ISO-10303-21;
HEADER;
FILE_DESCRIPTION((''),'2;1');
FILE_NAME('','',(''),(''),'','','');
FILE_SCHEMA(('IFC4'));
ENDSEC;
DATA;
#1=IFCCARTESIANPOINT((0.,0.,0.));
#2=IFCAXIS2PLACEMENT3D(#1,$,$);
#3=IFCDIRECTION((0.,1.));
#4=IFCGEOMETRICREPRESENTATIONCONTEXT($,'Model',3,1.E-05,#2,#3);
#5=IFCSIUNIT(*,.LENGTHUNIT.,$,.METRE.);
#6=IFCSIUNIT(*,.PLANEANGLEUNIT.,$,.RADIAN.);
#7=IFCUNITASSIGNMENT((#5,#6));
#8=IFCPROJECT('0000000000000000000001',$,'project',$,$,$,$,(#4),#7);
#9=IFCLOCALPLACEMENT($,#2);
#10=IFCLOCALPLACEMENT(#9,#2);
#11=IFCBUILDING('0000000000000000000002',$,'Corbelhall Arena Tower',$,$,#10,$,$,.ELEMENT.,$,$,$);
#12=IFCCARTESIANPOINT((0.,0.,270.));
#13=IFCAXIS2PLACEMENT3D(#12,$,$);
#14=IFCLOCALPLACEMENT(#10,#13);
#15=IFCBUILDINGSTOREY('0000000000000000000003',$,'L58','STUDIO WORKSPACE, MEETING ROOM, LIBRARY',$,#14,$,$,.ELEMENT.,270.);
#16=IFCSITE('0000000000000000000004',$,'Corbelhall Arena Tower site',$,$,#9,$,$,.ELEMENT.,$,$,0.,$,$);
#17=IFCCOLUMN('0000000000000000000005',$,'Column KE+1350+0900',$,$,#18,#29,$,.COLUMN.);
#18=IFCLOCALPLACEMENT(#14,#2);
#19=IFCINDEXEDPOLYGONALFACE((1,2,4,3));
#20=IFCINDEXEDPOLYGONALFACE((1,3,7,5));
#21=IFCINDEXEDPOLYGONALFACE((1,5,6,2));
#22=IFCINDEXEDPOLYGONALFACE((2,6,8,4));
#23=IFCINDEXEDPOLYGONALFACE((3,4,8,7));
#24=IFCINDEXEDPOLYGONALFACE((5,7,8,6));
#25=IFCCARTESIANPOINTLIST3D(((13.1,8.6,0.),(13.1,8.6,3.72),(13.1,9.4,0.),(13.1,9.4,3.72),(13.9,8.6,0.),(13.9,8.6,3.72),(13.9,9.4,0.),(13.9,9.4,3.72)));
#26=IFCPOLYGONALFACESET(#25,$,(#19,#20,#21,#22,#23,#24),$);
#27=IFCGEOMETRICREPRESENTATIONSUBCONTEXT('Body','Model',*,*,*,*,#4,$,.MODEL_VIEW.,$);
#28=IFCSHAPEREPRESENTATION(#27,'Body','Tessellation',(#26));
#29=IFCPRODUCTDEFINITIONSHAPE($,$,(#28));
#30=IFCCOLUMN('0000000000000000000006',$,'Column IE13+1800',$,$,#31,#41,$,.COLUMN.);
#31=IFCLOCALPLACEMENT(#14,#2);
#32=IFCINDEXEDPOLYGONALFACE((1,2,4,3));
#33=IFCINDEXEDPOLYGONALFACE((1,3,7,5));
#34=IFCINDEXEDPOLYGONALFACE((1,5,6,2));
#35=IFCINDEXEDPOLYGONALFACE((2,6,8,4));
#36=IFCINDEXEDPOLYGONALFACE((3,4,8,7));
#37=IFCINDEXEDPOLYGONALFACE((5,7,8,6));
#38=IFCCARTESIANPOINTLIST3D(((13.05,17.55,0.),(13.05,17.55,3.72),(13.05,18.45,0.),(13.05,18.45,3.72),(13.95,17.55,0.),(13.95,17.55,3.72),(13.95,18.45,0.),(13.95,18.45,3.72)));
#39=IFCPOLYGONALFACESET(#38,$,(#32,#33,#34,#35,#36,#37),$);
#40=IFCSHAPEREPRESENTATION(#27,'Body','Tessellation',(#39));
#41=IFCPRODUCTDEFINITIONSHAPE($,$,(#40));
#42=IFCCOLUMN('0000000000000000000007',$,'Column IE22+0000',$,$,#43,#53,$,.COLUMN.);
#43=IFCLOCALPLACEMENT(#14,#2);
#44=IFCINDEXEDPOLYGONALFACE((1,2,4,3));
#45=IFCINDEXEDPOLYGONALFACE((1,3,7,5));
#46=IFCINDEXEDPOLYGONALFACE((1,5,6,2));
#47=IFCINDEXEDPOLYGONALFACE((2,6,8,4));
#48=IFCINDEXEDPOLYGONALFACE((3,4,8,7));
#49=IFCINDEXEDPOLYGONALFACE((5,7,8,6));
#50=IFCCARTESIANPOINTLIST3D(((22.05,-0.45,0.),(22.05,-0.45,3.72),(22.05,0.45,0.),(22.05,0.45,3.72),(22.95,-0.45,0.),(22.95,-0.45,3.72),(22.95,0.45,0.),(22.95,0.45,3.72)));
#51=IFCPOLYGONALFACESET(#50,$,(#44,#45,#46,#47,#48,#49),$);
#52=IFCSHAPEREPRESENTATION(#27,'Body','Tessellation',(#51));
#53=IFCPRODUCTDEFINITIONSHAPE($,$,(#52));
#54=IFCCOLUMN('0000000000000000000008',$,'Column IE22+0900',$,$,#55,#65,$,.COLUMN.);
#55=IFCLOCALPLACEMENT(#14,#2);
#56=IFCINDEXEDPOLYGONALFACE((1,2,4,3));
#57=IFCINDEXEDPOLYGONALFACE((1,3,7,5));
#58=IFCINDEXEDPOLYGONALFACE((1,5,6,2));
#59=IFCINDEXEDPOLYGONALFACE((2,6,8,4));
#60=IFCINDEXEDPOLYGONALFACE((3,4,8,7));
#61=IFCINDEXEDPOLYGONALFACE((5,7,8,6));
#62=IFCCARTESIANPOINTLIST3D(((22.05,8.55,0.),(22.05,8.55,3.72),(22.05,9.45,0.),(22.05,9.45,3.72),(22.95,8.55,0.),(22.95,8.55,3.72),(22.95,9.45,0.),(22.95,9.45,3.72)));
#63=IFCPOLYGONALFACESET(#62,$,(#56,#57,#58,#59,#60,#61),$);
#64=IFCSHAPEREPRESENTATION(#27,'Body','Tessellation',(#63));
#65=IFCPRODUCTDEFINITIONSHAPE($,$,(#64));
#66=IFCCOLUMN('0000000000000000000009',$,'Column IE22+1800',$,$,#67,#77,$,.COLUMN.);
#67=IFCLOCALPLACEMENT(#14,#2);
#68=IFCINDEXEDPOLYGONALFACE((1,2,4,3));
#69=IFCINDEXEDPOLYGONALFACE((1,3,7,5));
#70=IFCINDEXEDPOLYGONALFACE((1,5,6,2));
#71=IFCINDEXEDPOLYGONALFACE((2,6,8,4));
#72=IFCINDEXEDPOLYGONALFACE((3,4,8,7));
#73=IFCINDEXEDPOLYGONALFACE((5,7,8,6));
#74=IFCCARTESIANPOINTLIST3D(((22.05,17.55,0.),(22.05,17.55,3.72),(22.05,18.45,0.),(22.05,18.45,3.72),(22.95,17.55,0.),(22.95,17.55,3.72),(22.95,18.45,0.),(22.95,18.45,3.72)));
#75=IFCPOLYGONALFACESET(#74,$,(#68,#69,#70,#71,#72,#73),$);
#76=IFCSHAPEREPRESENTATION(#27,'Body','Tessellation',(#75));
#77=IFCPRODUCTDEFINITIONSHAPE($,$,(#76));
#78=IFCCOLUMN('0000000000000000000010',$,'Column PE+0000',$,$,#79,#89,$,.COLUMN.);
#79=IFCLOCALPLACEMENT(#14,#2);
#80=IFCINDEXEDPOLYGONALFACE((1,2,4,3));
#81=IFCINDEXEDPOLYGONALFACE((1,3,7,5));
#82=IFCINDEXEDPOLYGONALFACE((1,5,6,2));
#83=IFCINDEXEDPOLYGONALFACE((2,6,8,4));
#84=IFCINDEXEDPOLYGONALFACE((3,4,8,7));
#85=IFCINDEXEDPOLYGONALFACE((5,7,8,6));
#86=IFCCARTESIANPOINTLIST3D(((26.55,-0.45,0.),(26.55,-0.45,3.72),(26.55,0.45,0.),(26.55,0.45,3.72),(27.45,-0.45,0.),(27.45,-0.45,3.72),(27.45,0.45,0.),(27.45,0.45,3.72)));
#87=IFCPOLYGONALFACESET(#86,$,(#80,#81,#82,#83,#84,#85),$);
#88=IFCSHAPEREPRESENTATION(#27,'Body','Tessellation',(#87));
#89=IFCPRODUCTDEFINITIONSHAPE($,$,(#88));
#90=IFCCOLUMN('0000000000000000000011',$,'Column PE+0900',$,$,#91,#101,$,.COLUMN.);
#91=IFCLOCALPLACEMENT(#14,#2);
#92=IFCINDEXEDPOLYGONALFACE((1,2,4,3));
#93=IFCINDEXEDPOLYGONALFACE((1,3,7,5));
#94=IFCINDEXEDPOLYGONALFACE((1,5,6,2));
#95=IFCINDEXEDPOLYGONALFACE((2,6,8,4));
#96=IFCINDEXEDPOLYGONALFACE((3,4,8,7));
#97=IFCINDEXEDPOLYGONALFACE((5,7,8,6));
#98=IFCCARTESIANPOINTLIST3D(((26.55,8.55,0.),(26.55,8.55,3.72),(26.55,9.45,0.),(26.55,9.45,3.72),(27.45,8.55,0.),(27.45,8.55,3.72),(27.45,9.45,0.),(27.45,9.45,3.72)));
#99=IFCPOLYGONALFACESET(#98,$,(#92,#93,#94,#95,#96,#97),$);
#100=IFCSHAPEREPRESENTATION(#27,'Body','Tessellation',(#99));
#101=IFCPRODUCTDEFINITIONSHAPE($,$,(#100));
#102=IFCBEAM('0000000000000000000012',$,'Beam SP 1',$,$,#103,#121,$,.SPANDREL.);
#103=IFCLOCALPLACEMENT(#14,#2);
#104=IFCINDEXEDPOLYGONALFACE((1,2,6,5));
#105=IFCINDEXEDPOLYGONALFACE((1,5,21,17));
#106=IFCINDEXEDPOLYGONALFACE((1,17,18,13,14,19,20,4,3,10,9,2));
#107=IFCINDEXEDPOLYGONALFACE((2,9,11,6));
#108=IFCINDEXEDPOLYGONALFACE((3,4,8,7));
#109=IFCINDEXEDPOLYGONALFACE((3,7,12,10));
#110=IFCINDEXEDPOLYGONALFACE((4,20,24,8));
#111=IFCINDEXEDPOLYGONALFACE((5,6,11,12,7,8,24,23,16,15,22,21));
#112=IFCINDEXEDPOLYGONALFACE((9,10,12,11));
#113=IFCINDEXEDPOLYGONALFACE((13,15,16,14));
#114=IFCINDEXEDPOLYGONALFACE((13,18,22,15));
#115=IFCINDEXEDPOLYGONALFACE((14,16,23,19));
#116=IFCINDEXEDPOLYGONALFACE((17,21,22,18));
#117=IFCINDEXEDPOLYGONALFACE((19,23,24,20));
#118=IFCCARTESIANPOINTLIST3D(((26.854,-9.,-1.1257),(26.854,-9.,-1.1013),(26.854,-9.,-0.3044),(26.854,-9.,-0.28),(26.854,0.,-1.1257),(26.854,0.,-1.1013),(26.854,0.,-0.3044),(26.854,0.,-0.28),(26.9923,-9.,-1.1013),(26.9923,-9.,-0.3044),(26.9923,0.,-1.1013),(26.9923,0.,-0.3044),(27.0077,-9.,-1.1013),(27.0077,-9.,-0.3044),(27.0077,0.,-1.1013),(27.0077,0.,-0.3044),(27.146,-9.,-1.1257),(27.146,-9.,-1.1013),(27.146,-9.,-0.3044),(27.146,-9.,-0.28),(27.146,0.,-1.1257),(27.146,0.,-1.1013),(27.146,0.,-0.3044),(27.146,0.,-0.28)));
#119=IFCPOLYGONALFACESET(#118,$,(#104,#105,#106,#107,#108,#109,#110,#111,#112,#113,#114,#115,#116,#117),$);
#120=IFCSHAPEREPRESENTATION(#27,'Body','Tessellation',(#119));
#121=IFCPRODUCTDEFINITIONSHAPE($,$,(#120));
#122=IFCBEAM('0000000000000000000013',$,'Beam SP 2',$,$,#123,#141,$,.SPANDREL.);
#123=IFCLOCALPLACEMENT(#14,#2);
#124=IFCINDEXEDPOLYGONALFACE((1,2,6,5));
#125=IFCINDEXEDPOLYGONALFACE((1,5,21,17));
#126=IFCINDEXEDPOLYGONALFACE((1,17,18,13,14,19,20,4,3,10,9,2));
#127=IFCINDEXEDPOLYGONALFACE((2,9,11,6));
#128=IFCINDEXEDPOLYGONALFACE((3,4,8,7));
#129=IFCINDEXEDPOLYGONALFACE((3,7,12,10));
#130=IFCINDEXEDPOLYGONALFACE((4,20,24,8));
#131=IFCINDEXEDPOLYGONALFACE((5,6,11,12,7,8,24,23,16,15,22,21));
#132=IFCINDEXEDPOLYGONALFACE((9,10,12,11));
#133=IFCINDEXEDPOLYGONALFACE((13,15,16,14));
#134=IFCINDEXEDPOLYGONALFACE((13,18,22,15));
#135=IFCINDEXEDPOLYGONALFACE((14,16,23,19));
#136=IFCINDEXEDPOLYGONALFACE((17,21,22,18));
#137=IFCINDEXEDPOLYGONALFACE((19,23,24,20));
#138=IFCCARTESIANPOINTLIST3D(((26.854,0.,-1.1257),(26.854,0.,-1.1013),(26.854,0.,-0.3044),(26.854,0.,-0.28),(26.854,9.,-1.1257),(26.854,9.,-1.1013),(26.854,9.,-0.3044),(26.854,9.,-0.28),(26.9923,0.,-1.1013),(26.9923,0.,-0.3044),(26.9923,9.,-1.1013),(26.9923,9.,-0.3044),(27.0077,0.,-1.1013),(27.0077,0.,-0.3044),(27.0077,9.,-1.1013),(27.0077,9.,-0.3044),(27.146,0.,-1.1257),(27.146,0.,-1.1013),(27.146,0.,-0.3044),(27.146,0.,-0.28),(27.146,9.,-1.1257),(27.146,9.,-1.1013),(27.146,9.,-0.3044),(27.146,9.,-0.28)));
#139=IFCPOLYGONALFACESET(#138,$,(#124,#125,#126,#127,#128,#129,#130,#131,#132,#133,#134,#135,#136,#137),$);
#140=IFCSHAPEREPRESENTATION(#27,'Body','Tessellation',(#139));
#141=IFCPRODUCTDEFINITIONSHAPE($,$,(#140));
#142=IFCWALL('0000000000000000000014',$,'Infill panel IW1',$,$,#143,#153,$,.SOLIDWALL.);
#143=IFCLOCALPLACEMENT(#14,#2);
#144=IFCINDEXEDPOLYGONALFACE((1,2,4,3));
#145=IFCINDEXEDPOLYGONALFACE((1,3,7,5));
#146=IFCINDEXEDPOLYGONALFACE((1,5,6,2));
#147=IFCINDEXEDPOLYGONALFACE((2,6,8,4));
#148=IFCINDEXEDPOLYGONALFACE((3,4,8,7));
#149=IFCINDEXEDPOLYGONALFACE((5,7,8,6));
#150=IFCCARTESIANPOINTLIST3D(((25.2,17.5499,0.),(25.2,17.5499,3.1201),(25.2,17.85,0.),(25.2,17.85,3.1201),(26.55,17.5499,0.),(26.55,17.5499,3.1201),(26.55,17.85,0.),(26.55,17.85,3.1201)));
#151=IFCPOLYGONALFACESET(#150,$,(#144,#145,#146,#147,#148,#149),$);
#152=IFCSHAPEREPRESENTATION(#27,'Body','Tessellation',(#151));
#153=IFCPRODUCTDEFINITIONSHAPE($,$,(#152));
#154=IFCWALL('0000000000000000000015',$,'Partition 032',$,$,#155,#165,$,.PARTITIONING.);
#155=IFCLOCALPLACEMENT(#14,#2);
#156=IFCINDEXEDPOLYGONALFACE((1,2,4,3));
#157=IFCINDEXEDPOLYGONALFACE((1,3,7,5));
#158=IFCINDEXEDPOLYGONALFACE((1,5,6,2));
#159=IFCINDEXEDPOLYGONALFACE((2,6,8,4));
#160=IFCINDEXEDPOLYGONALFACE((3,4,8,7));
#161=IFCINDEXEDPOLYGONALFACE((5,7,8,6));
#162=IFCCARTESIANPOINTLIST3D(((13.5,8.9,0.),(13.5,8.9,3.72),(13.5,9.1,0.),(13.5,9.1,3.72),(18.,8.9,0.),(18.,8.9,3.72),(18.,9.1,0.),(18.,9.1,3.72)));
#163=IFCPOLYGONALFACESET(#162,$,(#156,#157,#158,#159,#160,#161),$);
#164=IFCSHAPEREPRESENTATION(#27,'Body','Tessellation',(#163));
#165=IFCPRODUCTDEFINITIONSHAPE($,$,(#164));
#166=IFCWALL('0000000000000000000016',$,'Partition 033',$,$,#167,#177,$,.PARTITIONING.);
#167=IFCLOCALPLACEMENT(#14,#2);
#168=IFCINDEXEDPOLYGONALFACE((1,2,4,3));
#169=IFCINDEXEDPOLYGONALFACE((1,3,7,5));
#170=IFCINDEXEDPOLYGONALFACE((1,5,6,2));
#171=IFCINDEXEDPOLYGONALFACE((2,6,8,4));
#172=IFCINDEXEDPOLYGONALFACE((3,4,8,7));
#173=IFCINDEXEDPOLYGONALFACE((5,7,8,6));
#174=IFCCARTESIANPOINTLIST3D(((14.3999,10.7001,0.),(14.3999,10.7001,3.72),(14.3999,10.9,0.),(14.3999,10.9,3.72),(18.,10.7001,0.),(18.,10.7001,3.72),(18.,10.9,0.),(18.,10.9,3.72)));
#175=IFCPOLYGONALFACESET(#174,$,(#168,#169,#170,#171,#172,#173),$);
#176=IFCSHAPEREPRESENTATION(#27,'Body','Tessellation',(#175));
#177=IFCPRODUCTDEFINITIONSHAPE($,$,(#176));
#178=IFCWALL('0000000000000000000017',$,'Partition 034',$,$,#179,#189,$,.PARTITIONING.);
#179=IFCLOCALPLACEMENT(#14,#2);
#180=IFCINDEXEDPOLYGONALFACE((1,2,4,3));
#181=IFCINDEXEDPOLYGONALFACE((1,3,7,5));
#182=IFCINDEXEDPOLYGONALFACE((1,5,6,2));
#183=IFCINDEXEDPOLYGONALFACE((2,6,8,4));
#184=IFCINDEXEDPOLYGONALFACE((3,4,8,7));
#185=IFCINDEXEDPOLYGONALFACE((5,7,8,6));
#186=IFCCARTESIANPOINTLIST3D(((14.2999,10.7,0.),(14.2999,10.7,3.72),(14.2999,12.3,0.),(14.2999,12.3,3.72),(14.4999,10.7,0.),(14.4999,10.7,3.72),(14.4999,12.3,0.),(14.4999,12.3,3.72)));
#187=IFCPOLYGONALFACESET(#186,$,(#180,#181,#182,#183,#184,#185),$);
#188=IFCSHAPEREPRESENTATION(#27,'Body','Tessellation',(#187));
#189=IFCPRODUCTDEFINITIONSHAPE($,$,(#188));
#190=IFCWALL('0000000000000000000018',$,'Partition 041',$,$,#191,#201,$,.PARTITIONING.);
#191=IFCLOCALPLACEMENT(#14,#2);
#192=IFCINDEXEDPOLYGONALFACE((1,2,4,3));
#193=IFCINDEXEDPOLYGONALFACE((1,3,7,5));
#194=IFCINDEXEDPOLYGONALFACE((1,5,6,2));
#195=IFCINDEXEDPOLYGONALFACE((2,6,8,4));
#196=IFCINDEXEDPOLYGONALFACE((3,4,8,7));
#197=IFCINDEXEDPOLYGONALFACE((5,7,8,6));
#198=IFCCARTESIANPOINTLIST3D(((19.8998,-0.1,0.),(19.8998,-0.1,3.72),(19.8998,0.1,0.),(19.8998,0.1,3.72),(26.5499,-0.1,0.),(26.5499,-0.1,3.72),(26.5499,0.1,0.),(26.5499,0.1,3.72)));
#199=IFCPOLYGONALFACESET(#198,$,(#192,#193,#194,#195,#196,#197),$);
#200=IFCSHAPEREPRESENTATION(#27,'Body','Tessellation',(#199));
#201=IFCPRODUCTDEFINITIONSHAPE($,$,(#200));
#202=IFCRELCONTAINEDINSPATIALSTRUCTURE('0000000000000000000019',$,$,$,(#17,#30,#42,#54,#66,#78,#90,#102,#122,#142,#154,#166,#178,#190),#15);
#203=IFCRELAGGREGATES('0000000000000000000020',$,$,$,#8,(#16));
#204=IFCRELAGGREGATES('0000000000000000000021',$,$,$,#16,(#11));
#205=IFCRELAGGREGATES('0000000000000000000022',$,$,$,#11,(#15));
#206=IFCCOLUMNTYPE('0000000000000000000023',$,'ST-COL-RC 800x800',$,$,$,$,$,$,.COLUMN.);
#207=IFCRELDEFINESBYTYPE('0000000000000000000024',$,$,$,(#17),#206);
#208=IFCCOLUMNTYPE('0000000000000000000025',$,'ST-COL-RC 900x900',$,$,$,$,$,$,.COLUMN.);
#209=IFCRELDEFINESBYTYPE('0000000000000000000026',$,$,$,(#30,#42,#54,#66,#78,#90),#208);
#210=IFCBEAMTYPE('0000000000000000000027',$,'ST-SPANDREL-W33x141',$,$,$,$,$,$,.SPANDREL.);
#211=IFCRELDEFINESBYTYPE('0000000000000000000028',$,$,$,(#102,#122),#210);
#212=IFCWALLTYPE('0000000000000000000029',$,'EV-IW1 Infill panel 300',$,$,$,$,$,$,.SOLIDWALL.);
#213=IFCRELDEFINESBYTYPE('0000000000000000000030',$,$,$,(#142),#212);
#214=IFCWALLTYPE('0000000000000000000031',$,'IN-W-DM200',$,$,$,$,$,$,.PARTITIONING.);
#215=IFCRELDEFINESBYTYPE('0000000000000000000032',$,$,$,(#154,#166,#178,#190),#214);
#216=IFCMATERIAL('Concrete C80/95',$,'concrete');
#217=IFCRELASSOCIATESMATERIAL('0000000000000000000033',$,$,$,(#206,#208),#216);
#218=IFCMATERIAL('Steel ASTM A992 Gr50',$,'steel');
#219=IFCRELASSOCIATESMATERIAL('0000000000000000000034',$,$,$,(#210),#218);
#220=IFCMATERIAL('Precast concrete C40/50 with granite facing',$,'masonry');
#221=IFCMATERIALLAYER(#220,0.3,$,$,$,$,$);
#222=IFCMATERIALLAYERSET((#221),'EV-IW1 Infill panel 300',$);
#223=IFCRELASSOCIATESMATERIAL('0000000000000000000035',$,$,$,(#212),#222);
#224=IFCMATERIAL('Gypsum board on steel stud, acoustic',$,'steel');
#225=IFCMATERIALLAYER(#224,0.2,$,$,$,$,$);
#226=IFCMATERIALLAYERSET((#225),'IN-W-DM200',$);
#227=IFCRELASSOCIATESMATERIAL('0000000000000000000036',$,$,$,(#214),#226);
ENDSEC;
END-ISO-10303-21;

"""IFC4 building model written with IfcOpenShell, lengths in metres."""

from ifc_helpers import new_model, si_unit, direction, frame, frame_2d, origin, origin_2d, place, context, subcontext, project, spatial, rectangle, i_section, extrude, material, layer, layer_set, material_profile, profile_set, type_object, element, save


model = new_model("IFC4")

# Units and contexts
model_context = context("Model", 3, precision=1e-05, world=origin(), true_north=direction((0.0, 1.0)))
body_context = subcontext(model_context, "Body", "Model", "MODEL_VIEW")
ifc_project = project(units=[si_unit("LENGTHUNIT", "METRE"), si_unit("PLANEANGLEUNIT", "RADIAN")], contexts=[model_context])

# Site, building, storey
site_placement = place(None, origin())
site = spatial("IfcSite", under=ifc_project, at=site_placement, Name="Corbelhall Arena Tower site", CompositionType="ELEMENT", RefElevation=0.0)
building_placement = place(site_placement, origin())
building = spatial("IfcBuilding", under=site, at=building_placement, Name="Corbelhall Arena Tower", CompositionType="ELEMENT")
storey_placement = place(building_placement, frame((0.0, 0.0, 270.0)))
storey = spatial("IfcBuildingStorey", under=building, at=storey_placement, Name="L58", Description="STUDIO WORKSPACE, MEETING ROOM, LIBRARY", CompositionType="ELEMENT", Elevation=270.0)

# Columns
ifc_material_1 = material(Name="Concrete C80/95", Category="concrete")
ifc_material_profile_1 = material_profile(ifc_material_1, rectangle(XDim=0.8, YDim=0.8, at=origin_2d()))
ifc_profile_set_1 = profile_set([ifc_material_profile_1], Name="Concrete C80/95")
column_type_1 = type_object("IfcColumnType", Name="ST-COL-RC 800x800", PredefinedType="COLUMN", material=ifc_profile_set_1)
column_placement = place(storey_placement, frame((13.5, 9.0, 0.0), z_axis=(0.0, 0.0, 1.0), x_axis=(1.0, 0.0, 0.0)))
element("IfcColumn", 1, at=column_placement, inside=storey, type_object=column_type_1, Name="Column KE+1350+0900", PredefinedType="COLUMN", context=body_context, shape_type="SweptSolid", body=[
    extrude(rectangle(XDim=0.8, YDim=0.8, at=origin_2d()), origin(), (0.0, 0.0, 1.0), 3.72),
])
ifc_material_profile_2 = material_profile(ifc_material_1, rectangle(XDim=0.8999, YDim=0.8999, at=origin_2d()))
ifc_profile_set_2 = profile_set([ifc_material_profile_2], Name="Concrete C80/95")
column_type_2 = type_object("IfcColumnType", Name="ST-COL-RC 900x900", PredefinedType="COLUMN", material=ifc_profile_set_2)
for number, where, z_axis, x_axis, name in (
    (2, (13.5, 18.0, 0.0), (0.0, 0.0, 1.0), (1.0, 0.0, 0.0), "Column IE13+1800"),
    (3, (22.5, 0.0, 0.0), (0.0, 0.0, 1.0), (1.0, 0.0, 0.0), "Column IE22+0000"),
    (4, (22.5, 9.0, 0.0), (0.0, 0.0, 1.0), (1.0, 0.0, 0.0), "Column IE22+0900"),
    (5, (22.5, 18.0, 0.0), (0.0, 0.0, 1.0), (1.0, 0.0, 0.0), "Column IE22+1800"),
    (6, (27.0, 0.0, 0.0), (0.0, 0.0, 1.0), (0.0, 1.0, 0.0), "Column PE+0000"),
    (7, (27.0, 9.0, 0.0), (0.0, 0.0, 1.0), (0.0, 1.0, 0.0), "Column PE+0900"),
):
    element("IfcColumn", number, at=place(storey_placement, frame(where, z_axis=z_axis, x_axis=x_axis)), inside=storey, type_object=column_type_2, Name=name, PredefinedType="COLUMN", context=body_context, shape_type="SweptSolid", body=[
        extrude(rectangle(XDim=0.8999, YDim=0.8999, at=origin_2d()), origin(), (0.0, 0.0, 1.0), 3.72),
    ])

# Beams
ifc_material_2 = material(Name="Steel ASTM A992 Gr50", Category="steel")
ifc_material_profile_3 = material_profile(ifc_material_2, i_section(OverallWidth=0.292, OverallDepth=0.8457, WebThickness=0.0154, FlangeThickness=0.0244, at=origin_2d()))
ifc_profile_set_3 = profile_set([ifc_material_profile_3], Name="Steel ASTM A992 Gr50")
beam_type = type_object("IfcBeamType", Name="ST-SPANDREL-W33x141", PredefinedType="SPANDREL", material=ifc_profile_set_3)
for number, where, z_axis, x_axis, name in (
    (8, (27.0, 0.0, -0.7029), (0.0, -1.0, 0.0), (1.0, 0.0, 0.0), "Beam SP 1"),
    (9, (27.0, 9.0, -0.7029), (0.0, -1.0, 0.0), (1.0, 0.0, 0.0), "Beam SP 2"),
):
    element("IfcBeam", number, at=place(storey_placement, frame(where, z_axis=z_axis, x_axis=x_axis)), inside=storey, type_object=beam_type, Name=name, PredefinedType="SPANDREL", context=body_context, shape_type="SweptSolid", body=[
        extrude(i_section(OverallWidth=0.292, OverallDepth=0.8457, WebThickness=0.0154, FlangeThickness=0.0244, at=origin_2d()), origin(), (0.0, 0.0, 1.0), 9.0),
    ])

# Shared definitions
ifc_material_3 = material(Name="Precast concrete C40/50 with granite facing", Category="masonry")
ifc_layer_1 = layer(ifc_material_3, 0.3)
ifc_layer_set_1 = layer_set([ifc_layer_1], Name="EV-IW1 Infill panel 300")
wall_type_1 = type_object("IfcWallType", Name="EV-IW1 Infill panel 300", PredefinedType="SOLIDWALL", material=ifc_layer_set_1)

# Walls
wall_1_placement = place(storey_placement, frame((26.55, 17.7, 0.0), z_axis=(0.0, 0.0, 1.0), x_axis=(-1.0, 0.0, 0.0)))
element("IfcWall", 10, at=wall_1_placement, inside=storey, type_object=wall_type_1, Name="Infill panel IW1", PredefinedType="SOLIDWALL", context=body_context, shape_type="SweptSolid", body=[
    extrude(rectangle(XDim=1.3501, YDim=0.3, at=frame_2d((0.675, 0.0))), origin(), (0.0, 0.0, 1.0), 3.1201),
])
ifc_material_4 = material(Name="Gypsum board on steel stud, acoustic", Category="steel")
ifc_layer_2 = layer(ifc_material_4, 0.2)
ifc_layer_set_2 = layer_set([ifc_layer_2], Name="IN-W-DM200")
wall_type_2 = type_object("IfcWallType", Name="IN-W-DM200", PredefinedType="PARTITIONING", material=ifc_layer_set_2)
wall_2_placement = place(storey_placement, frame((18.0, 9.0, 0.0), z_axis=(0.0, 0.0, 1.0), x_axis=(-1.0, 0.0, 0.0)))
element("IfcWall", 11, at=wall_2_placement, inside=storey, type_object=wall_type_2, Name="Partition 032", PredefinedType="PARTITIONING", context=body_context, shape_type="SweptSolid", body=[
    extrude(rectangle(XDim=4.5, YDim=0.2, at=frame_2d((2.25, 0.0))), origin(), (0.0, 0.0, 1.0), 3.72),
])
wall_3_placement = place(storey_placement, frame((14.3999, 10.8, 0.0), z_axis=(0.0, 0.0, 1.0), x_axis=(1.0, 0.0, 0.0)))
element("IfcWall", 12, at=wall_3_placement, inside=storey, type_object=wall_type_2, Name="Partition 033", PredefinedType="PARTITIONING", context=body_context, shape_type="SweptSolid", body=[
    extrude(rectangle(XDim=3.6001, YDim=0.2, at=frame_2d((1.8, 0.0))), origin(), (0.0, 0.0, 1.0), 3.72),
])
wall_4_placement = place(storey_placement, frame((14.3999, 12.3, 0.0), z_axis=(0.0, 0.0, 1.0), x_axis=(0.0, -1.0, 0.0)))
element("IfcWall", 13, at=wall_4_placement, inside=storey, type_object=wall_type_2, Name="Partition 034", PredefinedType="PARTITIONING", context=body_context, shape_type="SweptSolid", body=[
    extrude(rectangle(XDim=1.6001, YDim=0.2, at=frame_2d((0.8, 0.0))), origin(), (0.0, 0.0, 1.0), 3.72),
])

# Wall
wall_5_placement = place(storey_placement, frame((26.55, 0.0, 0.0), z_axis=(0.0, 0.0, 1.0), x_axis=(-1.0, 0.0, 0.0)))
element("IfcWall", 14, at=wall_5_placement, inside=storey, type_object=wall_type_2, Name="Partition 041", PredefinedType="PARTITIONING", context=body_context, shape_type="SweptSolid", body=[
    extrude(rectangle(XDim=6.6501, YDim=0.2, at=frame_2d((3.3252, 0.0))), origin(), (0.0, 0.0, 1.0), 3.72),
])

save(model, "model.ifc")
